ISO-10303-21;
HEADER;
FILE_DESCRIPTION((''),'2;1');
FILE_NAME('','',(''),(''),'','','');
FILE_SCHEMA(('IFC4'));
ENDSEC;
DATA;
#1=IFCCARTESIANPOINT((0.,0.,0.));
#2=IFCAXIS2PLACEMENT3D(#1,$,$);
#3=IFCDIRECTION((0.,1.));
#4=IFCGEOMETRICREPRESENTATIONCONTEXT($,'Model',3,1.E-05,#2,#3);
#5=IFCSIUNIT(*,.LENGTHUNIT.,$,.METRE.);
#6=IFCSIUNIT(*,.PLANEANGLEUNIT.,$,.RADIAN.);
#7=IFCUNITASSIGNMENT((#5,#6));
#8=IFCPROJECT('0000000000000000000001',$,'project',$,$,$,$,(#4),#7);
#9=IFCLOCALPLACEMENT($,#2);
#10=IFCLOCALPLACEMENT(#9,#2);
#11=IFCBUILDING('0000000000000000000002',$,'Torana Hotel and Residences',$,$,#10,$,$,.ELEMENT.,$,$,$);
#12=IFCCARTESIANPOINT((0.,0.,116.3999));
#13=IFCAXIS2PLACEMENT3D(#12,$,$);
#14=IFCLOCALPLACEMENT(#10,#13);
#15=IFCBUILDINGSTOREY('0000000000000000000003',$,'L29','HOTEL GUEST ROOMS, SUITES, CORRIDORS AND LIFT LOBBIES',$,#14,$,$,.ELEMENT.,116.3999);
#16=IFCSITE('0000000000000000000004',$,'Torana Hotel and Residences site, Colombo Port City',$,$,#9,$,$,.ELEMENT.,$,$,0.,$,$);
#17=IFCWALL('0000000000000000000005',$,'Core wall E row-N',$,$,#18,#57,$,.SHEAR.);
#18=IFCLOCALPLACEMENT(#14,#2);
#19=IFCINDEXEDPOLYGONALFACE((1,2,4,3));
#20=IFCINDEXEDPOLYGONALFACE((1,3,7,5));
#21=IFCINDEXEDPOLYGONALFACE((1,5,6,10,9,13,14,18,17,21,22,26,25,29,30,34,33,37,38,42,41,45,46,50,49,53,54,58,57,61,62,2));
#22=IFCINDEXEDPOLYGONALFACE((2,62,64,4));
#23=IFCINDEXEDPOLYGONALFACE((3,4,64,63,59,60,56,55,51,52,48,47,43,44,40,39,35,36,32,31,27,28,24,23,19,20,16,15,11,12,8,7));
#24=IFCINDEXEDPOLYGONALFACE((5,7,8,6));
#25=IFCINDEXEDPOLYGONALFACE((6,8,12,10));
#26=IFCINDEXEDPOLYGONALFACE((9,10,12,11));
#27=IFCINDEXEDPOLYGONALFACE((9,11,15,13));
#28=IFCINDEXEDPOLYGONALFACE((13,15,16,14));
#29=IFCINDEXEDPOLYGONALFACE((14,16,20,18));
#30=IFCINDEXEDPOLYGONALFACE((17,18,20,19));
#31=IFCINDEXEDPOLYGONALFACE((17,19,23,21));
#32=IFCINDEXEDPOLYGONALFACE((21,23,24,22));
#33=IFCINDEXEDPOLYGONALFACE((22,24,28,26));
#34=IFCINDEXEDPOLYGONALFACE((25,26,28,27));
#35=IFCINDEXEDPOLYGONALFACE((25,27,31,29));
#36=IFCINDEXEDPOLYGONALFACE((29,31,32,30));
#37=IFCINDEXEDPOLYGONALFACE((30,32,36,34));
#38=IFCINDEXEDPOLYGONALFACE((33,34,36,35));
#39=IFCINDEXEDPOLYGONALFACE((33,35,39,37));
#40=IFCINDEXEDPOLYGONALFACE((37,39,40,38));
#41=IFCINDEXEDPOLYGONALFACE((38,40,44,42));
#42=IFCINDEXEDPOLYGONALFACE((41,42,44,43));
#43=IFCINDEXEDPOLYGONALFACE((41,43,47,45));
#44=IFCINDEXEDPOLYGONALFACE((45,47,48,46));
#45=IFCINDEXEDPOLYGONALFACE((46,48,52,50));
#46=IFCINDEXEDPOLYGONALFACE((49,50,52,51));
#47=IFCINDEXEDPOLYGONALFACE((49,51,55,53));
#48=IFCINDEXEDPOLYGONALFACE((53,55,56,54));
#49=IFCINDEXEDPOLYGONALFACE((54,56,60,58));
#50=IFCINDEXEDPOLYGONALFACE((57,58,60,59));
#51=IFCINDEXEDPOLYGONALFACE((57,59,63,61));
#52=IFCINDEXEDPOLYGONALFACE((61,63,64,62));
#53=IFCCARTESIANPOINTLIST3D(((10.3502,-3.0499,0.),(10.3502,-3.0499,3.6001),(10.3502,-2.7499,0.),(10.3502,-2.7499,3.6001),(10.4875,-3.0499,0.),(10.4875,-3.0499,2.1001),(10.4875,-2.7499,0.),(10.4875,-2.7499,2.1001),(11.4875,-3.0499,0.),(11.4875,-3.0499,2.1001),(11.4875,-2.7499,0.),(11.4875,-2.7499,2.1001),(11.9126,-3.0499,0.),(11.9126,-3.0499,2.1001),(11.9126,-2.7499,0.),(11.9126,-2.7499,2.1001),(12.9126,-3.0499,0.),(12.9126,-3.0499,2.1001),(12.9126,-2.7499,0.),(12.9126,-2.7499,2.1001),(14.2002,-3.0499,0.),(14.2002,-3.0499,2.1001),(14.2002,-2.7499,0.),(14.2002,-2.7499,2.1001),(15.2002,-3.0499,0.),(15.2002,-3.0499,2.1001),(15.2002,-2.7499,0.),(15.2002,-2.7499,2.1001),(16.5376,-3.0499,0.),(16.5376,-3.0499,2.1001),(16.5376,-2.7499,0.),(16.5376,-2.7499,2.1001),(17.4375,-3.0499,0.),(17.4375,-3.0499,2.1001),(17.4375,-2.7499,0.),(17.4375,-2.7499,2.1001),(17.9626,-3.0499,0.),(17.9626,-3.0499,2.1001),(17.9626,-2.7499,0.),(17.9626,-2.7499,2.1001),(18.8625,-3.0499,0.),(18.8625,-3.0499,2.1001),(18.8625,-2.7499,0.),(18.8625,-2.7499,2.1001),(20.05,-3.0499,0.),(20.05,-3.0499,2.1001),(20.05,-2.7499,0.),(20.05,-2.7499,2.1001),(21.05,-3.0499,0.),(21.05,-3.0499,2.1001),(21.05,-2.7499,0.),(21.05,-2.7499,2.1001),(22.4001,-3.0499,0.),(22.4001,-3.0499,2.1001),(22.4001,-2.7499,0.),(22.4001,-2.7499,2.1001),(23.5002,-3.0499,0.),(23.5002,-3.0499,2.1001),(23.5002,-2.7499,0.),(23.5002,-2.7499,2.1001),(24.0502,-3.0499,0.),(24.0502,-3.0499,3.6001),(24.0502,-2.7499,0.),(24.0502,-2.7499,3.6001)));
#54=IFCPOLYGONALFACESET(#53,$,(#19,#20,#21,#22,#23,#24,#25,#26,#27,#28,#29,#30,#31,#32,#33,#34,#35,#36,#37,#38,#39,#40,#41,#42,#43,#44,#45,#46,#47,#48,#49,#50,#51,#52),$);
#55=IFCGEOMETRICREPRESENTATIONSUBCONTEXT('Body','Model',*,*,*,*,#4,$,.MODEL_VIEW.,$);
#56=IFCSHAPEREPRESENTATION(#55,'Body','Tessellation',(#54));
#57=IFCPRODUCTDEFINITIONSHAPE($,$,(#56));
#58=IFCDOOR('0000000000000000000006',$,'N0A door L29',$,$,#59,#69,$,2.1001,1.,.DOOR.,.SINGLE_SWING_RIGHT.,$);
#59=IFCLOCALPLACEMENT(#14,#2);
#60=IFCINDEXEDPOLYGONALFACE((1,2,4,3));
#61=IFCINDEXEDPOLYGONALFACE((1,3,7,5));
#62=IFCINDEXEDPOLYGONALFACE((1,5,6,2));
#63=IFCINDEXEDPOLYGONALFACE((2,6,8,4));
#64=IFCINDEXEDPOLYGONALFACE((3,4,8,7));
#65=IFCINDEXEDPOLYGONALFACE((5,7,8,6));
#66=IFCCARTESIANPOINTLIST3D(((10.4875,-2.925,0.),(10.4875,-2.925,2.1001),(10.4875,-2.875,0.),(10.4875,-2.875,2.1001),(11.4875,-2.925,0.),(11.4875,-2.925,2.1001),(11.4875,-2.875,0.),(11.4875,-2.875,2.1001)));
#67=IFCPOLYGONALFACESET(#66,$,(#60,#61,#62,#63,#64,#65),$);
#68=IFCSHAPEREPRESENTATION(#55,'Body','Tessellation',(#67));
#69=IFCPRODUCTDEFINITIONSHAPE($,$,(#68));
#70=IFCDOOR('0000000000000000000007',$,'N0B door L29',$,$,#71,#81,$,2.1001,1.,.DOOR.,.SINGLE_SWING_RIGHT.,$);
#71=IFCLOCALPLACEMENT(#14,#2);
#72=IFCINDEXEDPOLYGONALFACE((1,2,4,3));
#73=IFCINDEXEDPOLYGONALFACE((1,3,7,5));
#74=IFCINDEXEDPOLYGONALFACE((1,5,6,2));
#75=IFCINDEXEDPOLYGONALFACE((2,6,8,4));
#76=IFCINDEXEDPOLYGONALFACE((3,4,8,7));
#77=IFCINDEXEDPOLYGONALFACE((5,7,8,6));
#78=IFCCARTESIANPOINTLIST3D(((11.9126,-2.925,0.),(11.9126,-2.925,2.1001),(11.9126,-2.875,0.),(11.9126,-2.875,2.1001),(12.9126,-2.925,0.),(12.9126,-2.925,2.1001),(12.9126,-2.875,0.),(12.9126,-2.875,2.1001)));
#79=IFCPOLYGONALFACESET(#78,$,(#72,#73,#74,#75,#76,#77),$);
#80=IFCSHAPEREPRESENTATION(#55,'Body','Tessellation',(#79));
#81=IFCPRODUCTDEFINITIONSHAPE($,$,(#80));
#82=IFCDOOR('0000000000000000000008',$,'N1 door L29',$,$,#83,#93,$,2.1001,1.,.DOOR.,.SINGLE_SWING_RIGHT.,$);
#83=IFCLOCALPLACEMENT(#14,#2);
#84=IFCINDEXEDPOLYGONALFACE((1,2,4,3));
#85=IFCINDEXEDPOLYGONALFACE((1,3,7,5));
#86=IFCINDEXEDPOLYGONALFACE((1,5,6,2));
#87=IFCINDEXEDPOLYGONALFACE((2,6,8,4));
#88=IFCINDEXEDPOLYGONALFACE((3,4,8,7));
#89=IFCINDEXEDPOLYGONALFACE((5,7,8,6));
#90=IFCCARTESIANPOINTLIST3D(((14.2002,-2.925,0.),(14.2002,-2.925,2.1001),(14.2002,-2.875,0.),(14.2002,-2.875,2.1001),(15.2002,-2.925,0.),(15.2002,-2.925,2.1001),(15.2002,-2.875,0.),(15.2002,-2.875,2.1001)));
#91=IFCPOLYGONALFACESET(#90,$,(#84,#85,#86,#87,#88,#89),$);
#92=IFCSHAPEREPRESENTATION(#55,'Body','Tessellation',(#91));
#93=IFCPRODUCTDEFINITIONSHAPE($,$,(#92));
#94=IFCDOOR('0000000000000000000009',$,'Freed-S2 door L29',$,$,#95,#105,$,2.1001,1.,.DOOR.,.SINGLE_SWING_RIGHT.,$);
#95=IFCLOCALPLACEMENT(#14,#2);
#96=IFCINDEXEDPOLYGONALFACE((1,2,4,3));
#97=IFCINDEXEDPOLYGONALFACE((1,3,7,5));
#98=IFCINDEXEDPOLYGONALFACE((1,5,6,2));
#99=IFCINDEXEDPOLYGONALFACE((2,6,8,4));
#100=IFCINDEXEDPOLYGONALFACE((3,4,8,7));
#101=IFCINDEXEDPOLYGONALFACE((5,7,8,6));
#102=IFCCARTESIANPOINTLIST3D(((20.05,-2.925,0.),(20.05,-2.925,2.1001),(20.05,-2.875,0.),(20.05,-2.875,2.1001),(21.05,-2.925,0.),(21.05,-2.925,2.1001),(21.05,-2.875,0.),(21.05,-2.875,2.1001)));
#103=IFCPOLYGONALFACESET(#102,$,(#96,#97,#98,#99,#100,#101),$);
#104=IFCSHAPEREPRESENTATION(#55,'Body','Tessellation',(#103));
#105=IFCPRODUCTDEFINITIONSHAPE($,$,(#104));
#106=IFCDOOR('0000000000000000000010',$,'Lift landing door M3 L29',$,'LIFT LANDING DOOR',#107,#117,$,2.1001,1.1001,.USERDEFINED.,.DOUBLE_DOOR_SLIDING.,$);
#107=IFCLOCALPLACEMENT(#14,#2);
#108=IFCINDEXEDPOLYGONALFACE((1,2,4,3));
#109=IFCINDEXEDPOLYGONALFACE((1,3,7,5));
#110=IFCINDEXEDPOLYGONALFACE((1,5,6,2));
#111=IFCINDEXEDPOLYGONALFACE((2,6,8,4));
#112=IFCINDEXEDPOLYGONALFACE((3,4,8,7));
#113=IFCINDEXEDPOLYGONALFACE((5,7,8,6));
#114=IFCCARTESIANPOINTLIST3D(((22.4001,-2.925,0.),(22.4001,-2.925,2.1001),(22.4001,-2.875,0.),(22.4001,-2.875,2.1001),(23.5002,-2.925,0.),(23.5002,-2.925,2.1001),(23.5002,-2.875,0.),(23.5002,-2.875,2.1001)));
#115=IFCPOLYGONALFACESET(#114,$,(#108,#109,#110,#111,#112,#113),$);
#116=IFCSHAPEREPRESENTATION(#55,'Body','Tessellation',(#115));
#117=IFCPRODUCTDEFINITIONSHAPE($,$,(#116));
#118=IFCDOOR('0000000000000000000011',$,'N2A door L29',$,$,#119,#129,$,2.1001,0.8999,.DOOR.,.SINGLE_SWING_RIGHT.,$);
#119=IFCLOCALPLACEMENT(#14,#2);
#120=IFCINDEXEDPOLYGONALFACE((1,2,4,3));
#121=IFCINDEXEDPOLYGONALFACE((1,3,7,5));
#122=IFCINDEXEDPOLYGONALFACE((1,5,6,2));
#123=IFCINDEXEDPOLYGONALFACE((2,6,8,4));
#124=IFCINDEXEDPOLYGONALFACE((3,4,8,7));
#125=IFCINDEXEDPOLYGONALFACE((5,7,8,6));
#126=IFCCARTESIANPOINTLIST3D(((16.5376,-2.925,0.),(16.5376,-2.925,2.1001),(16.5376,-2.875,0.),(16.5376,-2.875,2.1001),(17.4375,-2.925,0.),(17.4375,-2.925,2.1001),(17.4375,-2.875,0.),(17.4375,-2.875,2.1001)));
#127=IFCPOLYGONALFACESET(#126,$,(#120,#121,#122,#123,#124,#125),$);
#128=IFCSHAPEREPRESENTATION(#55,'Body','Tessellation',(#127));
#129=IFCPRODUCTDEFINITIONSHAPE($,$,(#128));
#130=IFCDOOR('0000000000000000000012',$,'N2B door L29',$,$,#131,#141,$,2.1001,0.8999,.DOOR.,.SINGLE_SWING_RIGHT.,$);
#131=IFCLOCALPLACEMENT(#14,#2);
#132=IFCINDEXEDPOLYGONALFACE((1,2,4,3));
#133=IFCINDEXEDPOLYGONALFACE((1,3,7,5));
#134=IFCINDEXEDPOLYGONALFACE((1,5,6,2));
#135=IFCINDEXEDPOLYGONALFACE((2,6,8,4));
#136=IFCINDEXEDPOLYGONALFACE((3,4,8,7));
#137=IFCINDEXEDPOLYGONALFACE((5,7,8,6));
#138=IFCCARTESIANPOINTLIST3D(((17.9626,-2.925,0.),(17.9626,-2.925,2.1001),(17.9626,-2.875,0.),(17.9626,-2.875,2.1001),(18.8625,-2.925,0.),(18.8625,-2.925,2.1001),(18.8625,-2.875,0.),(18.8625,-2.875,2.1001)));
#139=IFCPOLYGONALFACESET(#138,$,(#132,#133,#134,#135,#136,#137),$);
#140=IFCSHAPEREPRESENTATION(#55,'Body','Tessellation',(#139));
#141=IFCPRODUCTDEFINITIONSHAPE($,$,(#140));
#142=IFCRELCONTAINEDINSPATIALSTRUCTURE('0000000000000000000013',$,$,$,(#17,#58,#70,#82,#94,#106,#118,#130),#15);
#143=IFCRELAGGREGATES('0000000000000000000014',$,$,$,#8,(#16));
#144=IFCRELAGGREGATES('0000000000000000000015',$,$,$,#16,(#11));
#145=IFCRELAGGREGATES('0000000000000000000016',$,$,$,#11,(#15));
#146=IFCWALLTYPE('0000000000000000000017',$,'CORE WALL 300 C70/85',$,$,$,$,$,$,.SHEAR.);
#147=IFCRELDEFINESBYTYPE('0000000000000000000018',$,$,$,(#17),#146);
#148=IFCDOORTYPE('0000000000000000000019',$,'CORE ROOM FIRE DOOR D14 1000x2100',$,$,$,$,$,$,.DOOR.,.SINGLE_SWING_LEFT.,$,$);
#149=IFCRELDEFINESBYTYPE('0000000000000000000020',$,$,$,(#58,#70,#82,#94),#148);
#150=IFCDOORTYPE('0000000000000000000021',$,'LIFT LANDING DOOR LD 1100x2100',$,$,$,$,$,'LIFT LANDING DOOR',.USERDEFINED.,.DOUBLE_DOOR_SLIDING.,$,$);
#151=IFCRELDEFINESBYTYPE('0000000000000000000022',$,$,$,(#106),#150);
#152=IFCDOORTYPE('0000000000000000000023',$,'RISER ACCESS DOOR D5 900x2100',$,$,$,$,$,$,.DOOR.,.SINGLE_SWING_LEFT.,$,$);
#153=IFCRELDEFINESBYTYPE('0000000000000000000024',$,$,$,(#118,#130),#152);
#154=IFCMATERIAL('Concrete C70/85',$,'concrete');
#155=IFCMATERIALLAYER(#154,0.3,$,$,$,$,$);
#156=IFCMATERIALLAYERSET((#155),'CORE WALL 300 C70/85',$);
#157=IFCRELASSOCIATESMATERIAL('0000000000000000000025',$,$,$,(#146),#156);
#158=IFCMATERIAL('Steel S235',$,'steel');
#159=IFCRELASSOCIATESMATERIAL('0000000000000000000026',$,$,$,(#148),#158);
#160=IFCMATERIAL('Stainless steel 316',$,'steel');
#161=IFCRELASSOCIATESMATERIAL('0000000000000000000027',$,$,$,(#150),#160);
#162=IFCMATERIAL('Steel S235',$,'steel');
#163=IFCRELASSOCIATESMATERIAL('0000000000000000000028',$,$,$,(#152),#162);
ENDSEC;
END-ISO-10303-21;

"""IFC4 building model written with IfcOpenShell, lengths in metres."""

from ifc_helpers import new_model, si_unit, direction, frame, frame_2d, origin, place, context, subcontext, project, spatial, rectangle, extrude, material, layer, layer_set, type_object, element, fill, save


model = new_model("IFC4")

# Units and contexts
model_context = context("Model", 3, precision=1e-05, world=origin(), true_north=direction((0.0, 1.0)))
body_context = subcontext(model_context, "Body", "Model", "MODEL_VIEW")
ifc_project = project(units=[si_unit("LENGTHUNIT", "METRE"), si_unit("PLANEANGLEUNIT", "RADIAN")], contexts=[model_context])

# Site, building, storey
site_placement = place(None, origin())
site = spatial("IfcSite", under=ifc_project, at=site_placement, Name="Torana Hotel and Residences site, Colombo Port City", CompositionType="ELEMENT", RefElevation=0.0)
building_placement = place(site_placement, origin())
building = spatial("IfcBuilding", under=site, at=building_placement, Name="Torana Hotel and Residences", CompositionType="ELEMENT")
storey_placement = place(building_placement, frame((0.0, 0.0, 116.3999)))
storey = spatial("IfcBuildingStorey", under=building, at=storey_placement, Name="L29", Description="HOTEL GUEST ROOMS, SUITES, CORRIDORS AND LIFT LOBBIES", CompositionType="ELEMENT", Elevation=116.3999)

# Wall, openings, doors
ifc_material_1 = material(Name="Concrete C70/85", Category="concrete")
ifc_layer_1 = layer(ifc_material_1, 0.3)
ifc_layer_set_1 = layer_set([ifc_layer_1], Name="CORE WALL 300 C70/85")
wall_type_1 = type_object("IfcWallType", Name="CORE WALL 300 C70/85", PredefinedType="SHEAR", material=ifc_layer_set_1)
wall_1_placement = place(storey_placement, frame((10.3501, -2.8999, 0.0), z_axis=(0.0, 0.0, 1.0), x_axis=(1.0, 0.0, 0.0)))
wall_1 = element("IfcWall", 1, at=wall_1_placement, inside=storey, type_object=wall_type_1, Name="Core wall E row-N", PredefinedType="SHEAR", context=body_context, shape_type="SweptSolid", body=[
    extrude(rectangle(XDim=13.7, YDim=0.3, at=frame_2d((6.8501, 0.0))), origin(), (0.0, 0.0, 1.0), 3.6001),
])
opening_1_placement = place(wall_1_placement, frame((12.05, 0.0, 0.0)))
opening_1 = element("IfcOpeningElement", 2, at=opening_1_placement, cuts=wall_1, PredefinedType="OPENING", context=body_context, shape_type="SweptSolid", body=[
    extrude(rectangle(XDim=1.1001, YDim=2.1001, at=frame_2d((0.55, 1.05))), frame((0.0, 0.1599, 0.0), z_axis=(0.0, -1.0, 0.0), x_axis=(1.0, 0.0, 0.0)), (0.0, 0.0, 1.0), 0.3201),
])
opening_2_placement = place(wall_1_placement, frame((6.1875, 0.0, 0.0)))
opening_2 = element("IfcOpeningElement", 3, at=opening_2_placement, cuts=wall_1, PredefinedType="OPENING", context=body_context, shape_type="SweptSolid", body=[
    extrude(rectangle(XDim=0.8999, YDim=2.1001, at=frame_2d((0.45, 1.05))), frame((0.0, 0.1599, 0.0), z_axis=(0.0, -1.0, 0.0), x_axis=(1.0, 0.0, 0.0)), (0.0, 0.0, 1.0), 0.3201),
])
opening_3_placement = place(wall_1_placement, frame((7.6125, 0.0, 0.0)))
opening_3 = element("IfcOpeningElement", 4, at=opening_3_placement, cuts=wall_1, PredefinedType="OPENING", context=body_context, shape_type="SweptSolid", body=[
    extrude(rectangle(XDim=0.8999, YDim=2.1001, at=frame_2d((0.45, 1.05))), frame((0.0, 0.1599, 0.0), z_axis=(0.0, -1.0, 0.0), x_axis=(1.0, 0.0, 0.0)), (0.0, 0.0, 1.0), 0.3201),
])
opening_4_placement = place(wall_1_placement, frame((0.1375, 0.0, 0.0)))
opening_4 = element("IfcOpeningElement", 5, at=opening_4_placement, cuts=wall_1, PredefinedType="OPENING", context=body_context, shape_type="SweptSolid", body=[
    extrude(rectangle(XDim=1.0, YDim=2.1001, at=frame_2d((0.5, 1.05))), frame((0.0, 0.1599, 0.0), z_axis=(0.0, -1.0, 0.0), x_axis=(1.0, 0.0, 0.0)), (0.0, 0.0, 1.0), 0.3201),
])
opening_5_placement = place(wall_1_placement, frame((1.5625, 0.0, 0.0)))
opening_5 = element("IfcOpeningElement", 6, at=opening_5_placement, cuts=wall_1, PredefinedType="OPENING", context=body_context, shape_type="SweptSolid", body=[
    extrude(rectangle(XDim=1.0, YDim=2.1001, at=frame_2d((0.5, 1.05))), frame((0.0, 0.1599, 0.0), z_axis=(0.0, -1.0, 0.0), x_axis=(1.0, 0.0, 0.0)), (0.0, 0.0, 1.0), 0.3201),
])
opening_6_placement = place(wall_1_placement, frame((3.8501, 0.0, 0.0)))
opening_6 = element("IfcOpeningElement", 7, at=opening_6_placement, cuts=wall_1, PredefinedType="OPENING", context=body_context, shape_type="SweptSolid", body=[
    extrude(rectangle(XDim=1.0, YDim=2.1001, at=frame_2d((0.5, 1.05))), frame((0.0, 0.1599, 0.0), z_axis=(0.0, -1.0, 0.0), x_axis=(1.0, 0.0, 0.0)), (0.0, 0.0, 1.0), 0.3201),
])
opening_7_placement = place(wall_1_placement, frame((9.7, 0.0, 0.0)))
opening_7 = element("IfcOpeningElement", 8, at=opening_7_placement, cuts=wall_1, PredefinedType="OPENING", context=body_context, shape_type="SweptSolid", body=[
    extrude(rectangle(XDim=1.0, YDim=2.1001, at=frame_2d((0.5, 1.05))), frame((0.0, 0.1599, 0.0), z_axis=(0.0, -1.0, 0.0), x_axis=(1.0, 0.0, 0.0)), (0.0, 0.0, 1.0), 0.3201),
])
ifc_material_2 = material(Name="Steel S235", Category="steel")
door_type_1 = type_object("IfcDoorType", Name="CORE ROOM FIRE DOOR D14 1000x2100", OperationType="SINGLE_SWING_LEFT", PredefinedType="DOOR", material=ifc_material_2)
door_1_placement = place(opening_4_placement, origin())
door_1 = element("IfcDoor", 9, at=door_1_placement, inside=storey, type_object=door_type_1, Name="N0A door L29", OperationType="SINGLE_SWING_RIGHT", OverallHeight=2.1001, OverallWidth=1.0, PredefinedType="DOOR", context=body_context, shape_type="SweptSolid", body=[
    extrude(rectangle(XDim=1.0, YDim=2.1001, at=frame_2d((0.5, 1.05))), frame((0.0, 0.0249, 0.0), z_axis=(0.0, -1.0, 0.0), x_axis=(1.0, 0.0, 0.0)), (0.0, 0.0, 1.0), 0.05),
])
fill(opening_4, door_1)
door_2_placement = place(opening_5_placement, origin())
door_2 = element("IfcDoor", 10, at=door_2_placement, inside=storey, type_object=door_type_1, Name="N0B door L29", OperationType="SINGLE_SWING_RIGHT", OverallHeight=2.1001, OverallWidth=1.0, PredefinedType="DOOR", context=body_context, shape_type="SweptSolid", body=[
    extrude(rectangle(XDim=1.0, YDim=2.1001, at=frame_2d((0.5, 1.05))), frame((0.0, 0.0249, 0.0), z_axis=(0.0, -1.0, 0.0), x_axis=(1.0, 0.0, 0.0)), (0.0, 0.0, 1.0), 0.05),
])
fill(opening_5, door_2)
door_3_placement = place(opening_6_placement, origin())
door_3 = element("IfcDoor", 11, at=door_3_placement, inside=storey, type_object=door_type_1, Name="N1 door L29", OperationType="SINGLE_SWING_RIGHT", OverallHeight=2.1001, OverallWidth=1.0, PredefinedType="DOOR", context=body_context, shape_type="SweptSolid", body=[
    extrude(rectangle(XDim=1.0, YDim=2.1001, at=frame_2d((0.5, 1.05))), frame((0.0, 0.0249, 0.0), z_axis=(0.0, -1.0, 0.0), x_axis=(1.0, 0.0, 0.0)), (0.0, 0.0, 1.0), 0.05),
])
fill(opening_6, door_3)
door_4_placement = place(opening_7_placement, origin())
door_4 = element("IfcDoor", 12, at=door_4_placement, inside=storey, type_object=door_type_1, Name="Freed-S2 door L29", OperationType="SINGLE_SWING_RIGHT", OverallHeight=2.1001, OverallWidth=1.0, PredefinedType="DOOR", context=body_context, shape_type="SweptSolid", body=[
    extrude(rectangle(XDim=1.0, YDim=2.1001, at=frame_2d((0.5, 1.05))), frame((0.0, 0.0249, 0.0), z_axis=(0.0, -1.0, 0.0), x_axis=(1.0, 0.0, 0.0)), (0.0, 0.0, 1.0), 0.05),
])
fill(opening_7, door_4)
ifc_material_3 = material(Name="Stainless steel 316", Category="steel")
door_type_2 = type_object("IfcDoorType", Name="LIFT LANDING DOOR LD 1100x2100", ElementType="LIFT LANDING DOOR", OperationType="DOUBLE_DOOR_SLIDING", PredefinedType="USERDEFINED", material=ifc_material_3)
door_5_placement = place(opening_1_placement, origin())
door_5 = element("IfcDoor", 13, at=door_5_placement, inside=storey, type_object=door_type_2, Name="Lift landing door M3 L29", ObjectType="LIFT LANDING DOOR", OperationType="DOUBLE_DOOR_SLIDING", OverallHeight=2.1001, OverallWidth=1.1001, PredefinedType="USERDEFINED", context=body_context, shape_type="SweptSolid", body=[
    extrude(rectangle(XDim=1.1001, YDim=2.1001, at=frame_2d((0.55, 1.05))), frame((0.0, 0.0249, 0.0), z_axis=(0.0, -1.0, 0.0), x_axis=(1.0, 0.0, 0.0)), (0.0, 0.0, 1.0), 0.05),
])
fill(opening_1, door_5)
ifc_material_4 = material(Name="Steel S235", Category="steel")
door_type_3 = type_object("IfcDoorType", Name="RISER ACCESS DOOR D5 900x2100", OperationType="SINGLE_SWING_LEFT", PredefinedType="DOOR", material=ifc_material_4)
door_6_placement = place(opening_2_placement, origin())
door_6 = element("IfcDoor", 14, at=door_6_placement, inside=storey, type_object=door_type_3, Name="N2A door L29", OperationType="SINGLE_SWING_RIGHT", OverallHeight=2.1001, OverallWidth=0.8999, PredefinedType="DOOR", context=body_context, shape_type="SweptSolid", body=[
    extrude(rectangle(XDim=0.8999, YDim=2.1001, at=frame_2d((0.45, 1.05))), frame((0.0, 0.0249, 0.0), z_axis=(0.0, -1.0, 0.0), x_axis=(1.0, 0.0, 0.0)), (0.0, 0.0, 1.0), 0.05),
])
fill(opening_2, door_6)
door_7_placement = place(opening_3_placement, origin())
door_7 = element("IfcDoor", 15, at=door_7_placement, inside=storey, type_object=door_type_3, Name="N2B door L29", OperationType="SINGLE_SWING_RIGHT", OverallHeight=2.1001, OverallWidth=0.8999, PredefinedType="DOOR", context=body_context, shape_type="SweptSolid", body=[
    extrude(rectangle(XDim=0.8999, YDim=2.1001, at=frame_2d((0.45, 1.05))), frame((0.0, 0.0249, 0.0), z_axis=(0.0, -1.0, 0.0), x_axis=(1.0, 0.0, 0.0)), (0.0, 0.0, 1.0), 0.05),
])
fill(opening_3, door_7)

save(model, "model.ifc")
